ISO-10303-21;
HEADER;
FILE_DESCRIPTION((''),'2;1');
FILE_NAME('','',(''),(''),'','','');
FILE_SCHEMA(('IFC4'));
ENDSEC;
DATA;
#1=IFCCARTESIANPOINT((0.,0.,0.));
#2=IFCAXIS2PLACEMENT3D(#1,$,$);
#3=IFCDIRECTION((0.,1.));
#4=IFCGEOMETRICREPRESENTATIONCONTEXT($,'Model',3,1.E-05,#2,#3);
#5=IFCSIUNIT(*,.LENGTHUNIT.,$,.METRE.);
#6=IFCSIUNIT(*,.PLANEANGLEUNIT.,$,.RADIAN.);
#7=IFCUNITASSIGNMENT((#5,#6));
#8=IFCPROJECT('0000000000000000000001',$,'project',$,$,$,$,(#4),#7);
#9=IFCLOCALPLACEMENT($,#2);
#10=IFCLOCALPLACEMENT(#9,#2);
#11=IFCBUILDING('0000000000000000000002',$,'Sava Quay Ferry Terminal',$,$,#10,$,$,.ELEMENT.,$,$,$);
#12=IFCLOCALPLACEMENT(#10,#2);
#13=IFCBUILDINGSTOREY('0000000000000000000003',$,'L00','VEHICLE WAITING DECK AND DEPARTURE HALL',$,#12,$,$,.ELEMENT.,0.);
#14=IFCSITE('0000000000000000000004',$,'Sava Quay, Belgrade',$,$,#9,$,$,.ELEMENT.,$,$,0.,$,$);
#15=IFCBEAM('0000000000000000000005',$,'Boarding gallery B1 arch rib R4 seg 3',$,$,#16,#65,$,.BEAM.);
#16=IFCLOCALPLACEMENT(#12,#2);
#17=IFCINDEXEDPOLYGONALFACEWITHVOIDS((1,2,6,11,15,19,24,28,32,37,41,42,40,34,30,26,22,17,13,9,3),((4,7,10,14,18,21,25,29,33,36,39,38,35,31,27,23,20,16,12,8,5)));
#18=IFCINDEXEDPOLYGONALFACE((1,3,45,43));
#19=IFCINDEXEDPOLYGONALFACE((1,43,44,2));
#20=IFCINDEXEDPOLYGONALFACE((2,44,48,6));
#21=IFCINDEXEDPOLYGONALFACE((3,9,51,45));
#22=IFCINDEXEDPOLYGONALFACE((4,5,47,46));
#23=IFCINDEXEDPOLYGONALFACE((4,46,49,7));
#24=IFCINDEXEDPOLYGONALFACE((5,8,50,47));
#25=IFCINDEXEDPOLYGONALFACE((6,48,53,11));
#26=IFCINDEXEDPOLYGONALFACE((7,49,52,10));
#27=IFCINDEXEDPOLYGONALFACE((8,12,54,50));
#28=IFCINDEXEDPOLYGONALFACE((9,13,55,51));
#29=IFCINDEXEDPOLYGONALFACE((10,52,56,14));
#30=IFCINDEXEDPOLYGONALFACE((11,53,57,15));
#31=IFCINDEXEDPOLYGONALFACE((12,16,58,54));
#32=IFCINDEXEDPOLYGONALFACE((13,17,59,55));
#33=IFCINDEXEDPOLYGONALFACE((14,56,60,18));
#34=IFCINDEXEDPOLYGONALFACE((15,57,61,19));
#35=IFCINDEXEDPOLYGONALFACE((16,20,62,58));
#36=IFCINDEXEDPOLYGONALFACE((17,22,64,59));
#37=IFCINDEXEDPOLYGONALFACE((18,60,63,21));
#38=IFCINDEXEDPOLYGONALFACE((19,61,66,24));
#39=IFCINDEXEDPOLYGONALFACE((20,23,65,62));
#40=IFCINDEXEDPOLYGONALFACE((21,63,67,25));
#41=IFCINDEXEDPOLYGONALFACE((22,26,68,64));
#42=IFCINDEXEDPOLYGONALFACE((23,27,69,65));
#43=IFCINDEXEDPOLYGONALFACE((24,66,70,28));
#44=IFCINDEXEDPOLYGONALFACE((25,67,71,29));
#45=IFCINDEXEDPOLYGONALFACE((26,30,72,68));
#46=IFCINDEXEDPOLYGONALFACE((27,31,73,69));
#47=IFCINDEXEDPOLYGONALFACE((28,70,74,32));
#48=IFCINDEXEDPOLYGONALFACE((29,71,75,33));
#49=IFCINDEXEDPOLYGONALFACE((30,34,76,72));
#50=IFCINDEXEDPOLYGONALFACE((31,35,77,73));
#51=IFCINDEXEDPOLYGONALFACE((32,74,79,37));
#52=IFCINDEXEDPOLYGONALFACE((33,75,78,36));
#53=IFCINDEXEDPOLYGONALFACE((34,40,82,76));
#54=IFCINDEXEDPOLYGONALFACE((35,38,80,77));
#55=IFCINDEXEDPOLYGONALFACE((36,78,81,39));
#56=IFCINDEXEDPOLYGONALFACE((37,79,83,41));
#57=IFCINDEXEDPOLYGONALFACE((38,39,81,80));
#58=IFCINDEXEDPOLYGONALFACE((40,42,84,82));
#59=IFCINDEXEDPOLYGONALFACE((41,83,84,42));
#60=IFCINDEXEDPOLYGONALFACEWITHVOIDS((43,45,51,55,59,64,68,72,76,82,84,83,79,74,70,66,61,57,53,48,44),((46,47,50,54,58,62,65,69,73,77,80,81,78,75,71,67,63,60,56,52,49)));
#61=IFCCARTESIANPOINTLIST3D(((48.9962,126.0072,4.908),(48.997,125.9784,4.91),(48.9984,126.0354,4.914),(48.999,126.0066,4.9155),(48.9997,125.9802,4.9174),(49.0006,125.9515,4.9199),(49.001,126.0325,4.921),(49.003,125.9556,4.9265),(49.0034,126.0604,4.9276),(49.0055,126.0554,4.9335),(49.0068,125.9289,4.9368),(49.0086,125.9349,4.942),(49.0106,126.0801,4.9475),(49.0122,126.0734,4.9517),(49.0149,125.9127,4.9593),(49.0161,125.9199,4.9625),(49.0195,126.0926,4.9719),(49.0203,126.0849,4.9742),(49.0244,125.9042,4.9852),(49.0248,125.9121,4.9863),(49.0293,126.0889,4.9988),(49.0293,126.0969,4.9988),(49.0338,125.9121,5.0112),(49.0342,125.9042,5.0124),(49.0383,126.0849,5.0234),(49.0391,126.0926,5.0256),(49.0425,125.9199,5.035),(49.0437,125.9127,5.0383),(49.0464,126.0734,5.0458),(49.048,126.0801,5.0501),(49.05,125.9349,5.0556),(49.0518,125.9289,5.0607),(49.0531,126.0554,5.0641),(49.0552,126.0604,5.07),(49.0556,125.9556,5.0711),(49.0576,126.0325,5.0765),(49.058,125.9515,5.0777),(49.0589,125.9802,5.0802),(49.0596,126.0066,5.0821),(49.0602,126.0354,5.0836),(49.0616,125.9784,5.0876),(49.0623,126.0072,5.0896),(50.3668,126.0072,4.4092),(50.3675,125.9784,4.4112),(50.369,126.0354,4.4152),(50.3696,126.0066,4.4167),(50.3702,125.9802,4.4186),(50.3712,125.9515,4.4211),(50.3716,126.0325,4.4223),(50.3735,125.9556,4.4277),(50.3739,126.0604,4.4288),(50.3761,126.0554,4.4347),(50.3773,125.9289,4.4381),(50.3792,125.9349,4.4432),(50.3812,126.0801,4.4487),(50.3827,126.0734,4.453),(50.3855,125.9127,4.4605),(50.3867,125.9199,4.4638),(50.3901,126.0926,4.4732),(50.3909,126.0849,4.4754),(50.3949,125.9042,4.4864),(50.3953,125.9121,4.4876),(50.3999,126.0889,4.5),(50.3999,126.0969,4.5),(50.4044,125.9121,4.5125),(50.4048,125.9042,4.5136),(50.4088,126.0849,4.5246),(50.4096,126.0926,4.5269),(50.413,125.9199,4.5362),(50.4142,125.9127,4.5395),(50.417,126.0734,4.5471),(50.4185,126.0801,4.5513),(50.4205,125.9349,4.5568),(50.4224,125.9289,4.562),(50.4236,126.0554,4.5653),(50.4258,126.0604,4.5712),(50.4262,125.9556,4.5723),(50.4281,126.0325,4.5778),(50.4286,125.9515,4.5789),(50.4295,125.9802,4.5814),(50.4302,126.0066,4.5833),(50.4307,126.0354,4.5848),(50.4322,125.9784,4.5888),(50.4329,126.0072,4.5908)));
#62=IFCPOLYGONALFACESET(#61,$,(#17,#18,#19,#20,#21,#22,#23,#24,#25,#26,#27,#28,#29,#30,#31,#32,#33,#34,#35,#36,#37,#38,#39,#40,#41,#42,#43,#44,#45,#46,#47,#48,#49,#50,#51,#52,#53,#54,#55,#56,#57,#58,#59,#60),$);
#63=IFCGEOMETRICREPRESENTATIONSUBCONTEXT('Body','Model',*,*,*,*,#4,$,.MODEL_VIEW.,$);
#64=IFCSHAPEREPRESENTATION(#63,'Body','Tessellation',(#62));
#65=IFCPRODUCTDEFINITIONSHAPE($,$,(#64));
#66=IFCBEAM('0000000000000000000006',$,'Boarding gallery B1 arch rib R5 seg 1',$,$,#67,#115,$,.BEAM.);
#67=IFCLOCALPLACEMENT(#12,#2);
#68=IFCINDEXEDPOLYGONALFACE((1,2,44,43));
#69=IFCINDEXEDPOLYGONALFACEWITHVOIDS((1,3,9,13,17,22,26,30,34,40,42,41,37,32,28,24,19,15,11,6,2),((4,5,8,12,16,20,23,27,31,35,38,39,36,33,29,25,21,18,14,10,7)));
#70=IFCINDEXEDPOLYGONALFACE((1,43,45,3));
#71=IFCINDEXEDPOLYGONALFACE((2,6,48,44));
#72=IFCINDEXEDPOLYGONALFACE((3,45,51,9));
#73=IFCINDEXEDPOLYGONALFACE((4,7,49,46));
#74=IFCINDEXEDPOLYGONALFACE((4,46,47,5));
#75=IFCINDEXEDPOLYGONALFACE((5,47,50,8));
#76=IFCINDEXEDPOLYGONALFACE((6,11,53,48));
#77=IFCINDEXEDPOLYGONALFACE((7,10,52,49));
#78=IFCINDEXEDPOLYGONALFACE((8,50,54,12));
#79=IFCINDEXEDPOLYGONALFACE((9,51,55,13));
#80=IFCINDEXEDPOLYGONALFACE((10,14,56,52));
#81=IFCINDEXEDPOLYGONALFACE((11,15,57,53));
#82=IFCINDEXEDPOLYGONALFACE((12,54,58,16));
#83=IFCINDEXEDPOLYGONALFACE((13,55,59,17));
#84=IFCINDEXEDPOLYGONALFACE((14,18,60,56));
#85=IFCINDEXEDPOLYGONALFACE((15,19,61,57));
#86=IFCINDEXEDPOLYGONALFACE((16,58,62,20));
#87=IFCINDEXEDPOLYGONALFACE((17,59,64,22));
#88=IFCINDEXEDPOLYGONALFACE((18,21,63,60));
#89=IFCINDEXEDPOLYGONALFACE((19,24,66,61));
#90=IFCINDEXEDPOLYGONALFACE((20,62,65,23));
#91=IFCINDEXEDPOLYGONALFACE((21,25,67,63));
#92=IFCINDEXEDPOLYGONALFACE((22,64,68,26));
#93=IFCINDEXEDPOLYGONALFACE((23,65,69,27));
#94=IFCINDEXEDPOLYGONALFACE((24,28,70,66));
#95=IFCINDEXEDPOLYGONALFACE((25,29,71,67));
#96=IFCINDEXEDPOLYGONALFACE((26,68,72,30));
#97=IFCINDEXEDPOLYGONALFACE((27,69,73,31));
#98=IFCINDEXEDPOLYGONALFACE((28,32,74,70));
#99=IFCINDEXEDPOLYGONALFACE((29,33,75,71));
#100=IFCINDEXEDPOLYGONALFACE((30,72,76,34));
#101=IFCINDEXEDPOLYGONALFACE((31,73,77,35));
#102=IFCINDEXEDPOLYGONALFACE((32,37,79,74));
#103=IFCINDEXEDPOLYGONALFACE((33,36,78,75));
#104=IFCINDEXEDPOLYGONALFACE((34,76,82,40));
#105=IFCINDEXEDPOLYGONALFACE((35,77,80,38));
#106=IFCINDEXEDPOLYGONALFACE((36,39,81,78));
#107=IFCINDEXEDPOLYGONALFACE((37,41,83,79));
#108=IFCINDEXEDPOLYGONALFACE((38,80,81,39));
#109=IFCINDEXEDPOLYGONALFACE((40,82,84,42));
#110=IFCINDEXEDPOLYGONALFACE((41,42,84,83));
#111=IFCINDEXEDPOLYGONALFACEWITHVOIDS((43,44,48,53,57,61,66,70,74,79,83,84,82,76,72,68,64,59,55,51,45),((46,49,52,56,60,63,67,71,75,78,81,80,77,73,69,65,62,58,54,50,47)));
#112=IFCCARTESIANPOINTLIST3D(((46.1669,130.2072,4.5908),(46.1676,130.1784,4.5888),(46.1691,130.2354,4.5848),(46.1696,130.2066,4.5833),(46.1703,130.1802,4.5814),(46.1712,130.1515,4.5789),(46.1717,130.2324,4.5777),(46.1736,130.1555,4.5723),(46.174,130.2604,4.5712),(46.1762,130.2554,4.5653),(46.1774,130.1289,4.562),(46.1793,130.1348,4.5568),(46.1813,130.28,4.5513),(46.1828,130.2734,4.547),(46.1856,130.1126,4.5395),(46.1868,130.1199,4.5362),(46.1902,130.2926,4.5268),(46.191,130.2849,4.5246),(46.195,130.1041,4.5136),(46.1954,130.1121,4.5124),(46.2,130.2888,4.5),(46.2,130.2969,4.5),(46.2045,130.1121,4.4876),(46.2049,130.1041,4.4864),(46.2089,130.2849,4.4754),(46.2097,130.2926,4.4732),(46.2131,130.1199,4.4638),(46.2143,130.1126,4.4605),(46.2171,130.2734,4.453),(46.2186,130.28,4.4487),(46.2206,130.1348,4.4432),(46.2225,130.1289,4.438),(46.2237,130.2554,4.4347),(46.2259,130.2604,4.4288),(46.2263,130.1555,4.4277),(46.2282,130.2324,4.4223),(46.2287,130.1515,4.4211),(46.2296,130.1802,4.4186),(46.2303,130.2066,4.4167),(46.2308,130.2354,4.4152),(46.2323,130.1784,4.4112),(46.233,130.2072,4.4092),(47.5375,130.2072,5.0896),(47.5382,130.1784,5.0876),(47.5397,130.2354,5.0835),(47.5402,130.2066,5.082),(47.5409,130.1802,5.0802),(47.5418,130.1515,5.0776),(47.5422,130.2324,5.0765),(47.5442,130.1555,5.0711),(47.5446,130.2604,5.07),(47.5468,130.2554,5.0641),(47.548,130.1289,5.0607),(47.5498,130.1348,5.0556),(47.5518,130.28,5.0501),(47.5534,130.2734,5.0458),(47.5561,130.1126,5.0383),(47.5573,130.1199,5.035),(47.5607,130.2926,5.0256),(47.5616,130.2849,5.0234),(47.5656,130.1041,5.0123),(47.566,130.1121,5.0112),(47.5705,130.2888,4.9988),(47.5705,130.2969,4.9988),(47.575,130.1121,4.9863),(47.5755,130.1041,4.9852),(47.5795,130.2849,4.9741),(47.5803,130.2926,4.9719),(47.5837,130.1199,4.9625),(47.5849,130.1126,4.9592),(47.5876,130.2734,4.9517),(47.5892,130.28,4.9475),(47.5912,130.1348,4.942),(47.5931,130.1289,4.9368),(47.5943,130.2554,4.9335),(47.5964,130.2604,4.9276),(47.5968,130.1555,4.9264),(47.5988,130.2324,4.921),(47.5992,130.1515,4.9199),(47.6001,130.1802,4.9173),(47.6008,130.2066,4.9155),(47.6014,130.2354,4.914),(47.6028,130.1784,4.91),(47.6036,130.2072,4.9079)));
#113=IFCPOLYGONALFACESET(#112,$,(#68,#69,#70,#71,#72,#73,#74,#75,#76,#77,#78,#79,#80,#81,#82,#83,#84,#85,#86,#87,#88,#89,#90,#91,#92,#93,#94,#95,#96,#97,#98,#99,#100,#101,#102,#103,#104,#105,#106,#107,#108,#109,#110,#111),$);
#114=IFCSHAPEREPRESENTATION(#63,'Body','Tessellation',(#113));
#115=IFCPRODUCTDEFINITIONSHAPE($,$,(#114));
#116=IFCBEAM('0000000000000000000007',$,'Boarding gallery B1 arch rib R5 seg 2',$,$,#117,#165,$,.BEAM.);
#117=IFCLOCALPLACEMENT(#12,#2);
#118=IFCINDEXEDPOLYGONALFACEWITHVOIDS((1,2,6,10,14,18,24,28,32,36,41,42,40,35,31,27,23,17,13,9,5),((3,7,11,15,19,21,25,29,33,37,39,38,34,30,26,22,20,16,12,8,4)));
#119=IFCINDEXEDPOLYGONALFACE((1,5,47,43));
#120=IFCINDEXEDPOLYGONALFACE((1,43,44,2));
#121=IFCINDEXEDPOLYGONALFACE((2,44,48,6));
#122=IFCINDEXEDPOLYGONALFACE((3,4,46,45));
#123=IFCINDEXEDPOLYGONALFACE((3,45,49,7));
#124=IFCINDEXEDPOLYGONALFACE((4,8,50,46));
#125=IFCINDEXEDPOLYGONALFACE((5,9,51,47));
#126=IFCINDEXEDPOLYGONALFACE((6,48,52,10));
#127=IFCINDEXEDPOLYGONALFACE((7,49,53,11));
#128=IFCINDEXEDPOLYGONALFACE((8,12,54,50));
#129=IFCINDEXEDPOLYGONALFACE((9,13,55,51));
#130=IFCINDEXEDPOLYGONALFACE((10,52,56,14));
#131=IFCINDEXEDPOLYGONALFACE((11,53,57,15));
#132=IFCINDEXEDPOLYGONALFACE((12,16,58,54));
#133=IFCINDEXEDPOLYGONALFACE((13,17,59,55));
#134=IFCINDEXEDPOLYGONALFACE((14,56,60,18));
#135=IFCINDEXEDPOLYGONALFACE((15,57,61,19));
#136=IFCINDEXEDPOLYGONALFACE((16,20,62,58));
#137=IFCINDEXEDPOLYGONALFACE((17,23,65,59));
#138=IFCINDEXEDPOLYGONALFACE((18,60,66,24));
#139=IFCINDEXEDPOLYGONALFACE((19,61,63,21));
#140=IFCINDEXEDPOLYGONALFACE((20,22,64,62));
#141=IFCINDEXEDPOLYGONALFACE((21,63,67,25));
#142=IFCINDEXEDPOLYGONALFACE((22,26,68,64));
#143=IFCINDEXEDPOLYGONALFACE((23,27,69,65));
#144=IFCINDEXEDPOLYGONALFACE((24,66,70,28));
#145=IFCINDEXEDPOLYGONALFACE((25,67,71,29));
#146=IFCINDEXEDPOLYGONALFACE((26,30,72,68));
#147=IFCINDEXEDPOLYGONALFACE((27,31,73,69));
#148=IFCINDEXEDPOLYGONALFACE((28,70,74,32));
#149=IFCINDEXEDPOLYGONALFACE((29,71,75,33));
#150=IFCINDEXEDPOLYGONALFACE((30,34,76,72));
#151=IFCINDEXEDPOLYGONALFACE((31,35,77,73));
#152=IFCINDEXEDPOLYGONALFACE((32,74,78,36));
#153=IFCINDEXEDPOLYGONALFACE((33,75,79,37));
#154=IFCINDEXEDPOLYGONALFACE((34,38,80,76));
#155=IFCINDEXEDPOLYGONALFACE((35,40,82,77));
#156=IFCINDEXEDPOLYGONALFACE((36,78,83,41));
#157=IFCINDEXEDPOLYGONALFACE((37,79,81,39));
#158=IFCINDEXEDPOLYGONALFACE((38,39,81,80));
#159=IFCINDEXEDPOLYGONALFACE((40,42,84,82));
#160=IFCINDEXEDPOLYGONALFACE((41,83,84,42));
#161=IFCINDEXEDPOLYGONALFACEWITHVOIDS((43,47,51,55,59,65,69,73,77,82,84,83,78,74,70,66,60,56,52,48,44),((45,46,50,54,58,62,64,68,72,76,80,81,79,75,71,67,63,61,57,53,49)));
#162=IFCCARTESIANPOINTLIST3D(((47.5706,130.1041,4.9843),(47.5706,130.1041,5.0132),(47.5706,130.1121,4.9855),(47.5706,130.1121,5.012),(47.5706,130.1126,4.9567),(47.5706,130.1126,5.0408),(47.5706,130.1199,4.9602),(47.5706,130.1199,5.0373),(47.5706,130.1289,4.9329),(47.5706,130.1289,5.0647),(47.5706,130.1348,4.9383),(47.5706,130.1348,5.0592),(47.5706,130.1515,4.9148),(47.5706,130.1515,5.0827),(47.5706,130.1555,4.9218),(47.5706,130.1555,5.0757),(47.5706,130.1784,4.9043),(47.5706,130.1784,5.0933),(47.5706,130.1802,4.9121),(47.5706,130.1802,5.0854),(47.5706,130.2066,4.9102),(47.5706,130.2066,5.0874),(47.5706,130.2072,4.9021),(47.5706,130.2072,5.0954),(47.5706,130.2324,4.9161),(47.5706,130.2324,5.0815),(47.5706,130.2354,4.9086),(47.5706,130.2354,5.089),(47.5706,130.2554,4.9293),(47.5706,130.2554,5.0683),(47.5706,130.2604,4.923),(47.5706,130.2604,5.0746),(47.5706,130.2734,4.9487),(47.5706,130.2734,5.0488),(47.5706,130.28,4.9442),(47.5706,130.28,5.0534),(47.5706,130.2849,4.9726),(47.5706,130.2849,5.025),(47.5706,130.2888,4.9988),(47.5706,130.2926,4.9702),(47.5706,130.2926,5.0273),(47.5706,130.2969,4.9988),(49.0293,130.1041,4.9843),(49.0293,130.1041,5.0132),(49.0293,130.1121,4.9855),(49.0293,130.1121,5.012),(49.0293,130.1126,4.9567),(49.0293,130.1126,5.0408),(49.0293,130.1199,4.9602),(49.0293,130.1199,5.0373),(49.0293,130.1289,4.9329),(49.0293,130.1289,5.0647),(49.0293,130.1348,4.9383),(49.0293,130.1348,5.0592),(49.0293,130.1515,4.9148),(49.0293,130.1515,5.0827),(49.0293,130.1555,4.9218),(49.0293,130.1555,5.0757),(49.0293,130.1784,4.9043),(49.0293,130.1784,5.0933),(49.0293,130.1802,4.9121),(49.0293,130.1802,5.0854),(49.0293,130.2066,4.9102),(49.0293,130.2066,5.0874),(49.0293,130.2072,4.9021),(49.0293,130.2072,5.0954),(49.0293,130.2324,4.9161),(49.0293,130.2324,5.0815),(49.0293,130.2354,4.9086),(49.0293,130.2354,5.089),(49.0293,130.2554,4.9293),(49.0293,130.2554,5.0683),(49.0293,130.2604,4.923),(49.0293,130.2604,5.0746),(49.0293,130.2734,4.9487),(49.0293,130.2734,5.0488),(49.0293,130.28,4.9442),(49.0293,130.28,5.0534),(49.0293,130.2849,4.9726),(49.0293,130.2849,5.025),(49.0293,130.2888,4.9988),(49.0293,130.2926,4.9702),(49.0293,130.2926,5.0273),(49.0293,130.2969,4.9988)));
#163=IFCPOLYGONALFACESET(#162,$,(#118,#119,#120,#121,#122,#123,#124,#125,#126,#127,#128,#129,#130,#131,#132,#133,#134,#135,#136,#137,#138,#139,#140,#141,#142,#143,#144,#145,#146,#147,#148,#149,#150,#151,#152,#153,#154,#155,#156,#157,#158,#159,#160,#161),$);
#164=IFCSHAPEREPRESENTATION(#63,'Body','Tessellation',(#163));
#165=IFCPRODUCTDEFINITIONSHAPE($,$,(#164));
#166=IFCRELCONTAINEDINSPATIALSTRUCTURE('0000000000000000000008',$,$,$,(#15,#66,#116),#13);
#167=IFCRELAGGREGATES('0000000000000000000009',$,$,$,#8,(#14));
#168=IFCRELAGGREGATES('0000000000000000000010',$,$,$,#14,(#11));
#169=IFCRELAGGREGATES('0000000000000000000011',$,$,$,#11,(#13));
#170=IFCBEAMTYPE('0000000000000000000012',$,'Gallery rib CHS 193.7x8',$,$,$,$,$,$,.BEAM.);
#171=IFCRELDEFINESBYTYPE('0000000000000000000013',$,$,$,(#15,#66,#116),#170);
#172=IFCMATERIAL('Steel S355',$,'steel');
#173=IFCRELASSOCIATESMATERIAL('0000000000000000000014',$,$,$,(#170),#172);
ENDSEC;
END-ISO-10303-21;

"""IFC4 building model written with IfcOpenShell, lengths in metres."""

from ifc_helpers import new_model, si_unit, direction, frame, origin, origin_2d, place, context, subcontext, project, spatial, hollow_circle, extrude, material, material_profile, profile_set, type_object, element, save


model = new_model("IFC4")

# Units and contexts
model_context = context("Model", 3, precision=1e-05, world=origin(), true_north=direction((0.0, 1.0)))
body_context = subcontext(model_context, "Body", "Model", "MODEL_VIEW")
ifc_project = project(units=[si_unit("LENGTHUNIT", "METRE"), si_unit("PLANEANGLEUNIT", "RADIAN")], contexts=[model_context])

# Site, building, storey
site_placement = place(None, origin())
site = spatial("IfcSite", under=ifc_project, at=site_placement, Name="Sava Quay, Belgrade", CompositionType="ELEMENT", RefElevation=0.0)
building_placement = place(site_placement, origin())
building = spatial("IfcBuilding", under=site, at=building_placement, Name="Sava Quay Ferry Terminal", CompositionType="ELEMENT")
storey_placement = place(building_placement, origin())
storey = spatial("IfcBuildingStorey", under=building, at=storey_placement, Name="L00", Description="VEHICLE WAITING DECK AND DEPARTURE HALL", CompositionType="ELEMENT", Elevation=0.0)

# Beams
ifc_material_1 = material(Name="Steel S355", Category="steel")
ifc_material_profile_1 = material_profile(ifc_material_1, hollow_circle(Radius=0.0969, WallThickness=0.0081, at=origin_2d()), Name="CHS 193.7 x 8.0")
ifc_profile_set_1 = profile_set([ifc_material_profile_1], Name="Steel S355")
beam_type_1 = type_object("IfcBeamType", Name="Gallery rib CHS 193.7x8", PredefinedType="BEAM", material=ifc_profile_set_1)
for number, where, z_axis, x_axis, name in (
    (1, (49.0293, 126.0, 4.9988), (0.93971, 0.0, -0.341972), (0.0, 1.0, 0.0), "Boarding gallery B1 arch rib R4 seg 3"),
    (2, (46.2, 130.2, 4.5), (0.93971, 0.0, 0.341972), (0.0, 1.0, 0.0), "Boarding gallery B1 arch rib R5 seg 1"),
):
    element("IfcBeam", number, at=place(storey_placement, frame(where, z_axis=z_axis, x_axis=x_axis)), inside=storey, type_object=beam_type_1, Name=name, PredefinedType="BEAM", context=body_context, shape_type="SweptSolid", body=[
        extrude(hollow_circle(Radius=0.0969, WallThickness=0.0081, at=origin_2d()), origin(), (0.0, 0.0, 1.0), 1.4585),
    ])
beam_1_placement = place(storey_placement, frame((47.5706, 130.2, 4.9988), z_axis=(1.0, 0.0, 0.0), x_axis=(0.0, 1.0, 0.0)))
element("IfcBeam", 3, at=beam_1_placement, inside=storey, type_object=beam_type_1, Name="Boarding gallery B1 arch rib R5 seg 2", PredefinedType="BEAM", context=body_context, shape_type="SweptSolid", body=[
    extrude(hollow_circle(Radius=0.0969, WallThickness=0.0081, at=origin_2d()), origin(), (0.0, 0.0, 1.0), 1.4587),
])

save(model, "model.ifc")
